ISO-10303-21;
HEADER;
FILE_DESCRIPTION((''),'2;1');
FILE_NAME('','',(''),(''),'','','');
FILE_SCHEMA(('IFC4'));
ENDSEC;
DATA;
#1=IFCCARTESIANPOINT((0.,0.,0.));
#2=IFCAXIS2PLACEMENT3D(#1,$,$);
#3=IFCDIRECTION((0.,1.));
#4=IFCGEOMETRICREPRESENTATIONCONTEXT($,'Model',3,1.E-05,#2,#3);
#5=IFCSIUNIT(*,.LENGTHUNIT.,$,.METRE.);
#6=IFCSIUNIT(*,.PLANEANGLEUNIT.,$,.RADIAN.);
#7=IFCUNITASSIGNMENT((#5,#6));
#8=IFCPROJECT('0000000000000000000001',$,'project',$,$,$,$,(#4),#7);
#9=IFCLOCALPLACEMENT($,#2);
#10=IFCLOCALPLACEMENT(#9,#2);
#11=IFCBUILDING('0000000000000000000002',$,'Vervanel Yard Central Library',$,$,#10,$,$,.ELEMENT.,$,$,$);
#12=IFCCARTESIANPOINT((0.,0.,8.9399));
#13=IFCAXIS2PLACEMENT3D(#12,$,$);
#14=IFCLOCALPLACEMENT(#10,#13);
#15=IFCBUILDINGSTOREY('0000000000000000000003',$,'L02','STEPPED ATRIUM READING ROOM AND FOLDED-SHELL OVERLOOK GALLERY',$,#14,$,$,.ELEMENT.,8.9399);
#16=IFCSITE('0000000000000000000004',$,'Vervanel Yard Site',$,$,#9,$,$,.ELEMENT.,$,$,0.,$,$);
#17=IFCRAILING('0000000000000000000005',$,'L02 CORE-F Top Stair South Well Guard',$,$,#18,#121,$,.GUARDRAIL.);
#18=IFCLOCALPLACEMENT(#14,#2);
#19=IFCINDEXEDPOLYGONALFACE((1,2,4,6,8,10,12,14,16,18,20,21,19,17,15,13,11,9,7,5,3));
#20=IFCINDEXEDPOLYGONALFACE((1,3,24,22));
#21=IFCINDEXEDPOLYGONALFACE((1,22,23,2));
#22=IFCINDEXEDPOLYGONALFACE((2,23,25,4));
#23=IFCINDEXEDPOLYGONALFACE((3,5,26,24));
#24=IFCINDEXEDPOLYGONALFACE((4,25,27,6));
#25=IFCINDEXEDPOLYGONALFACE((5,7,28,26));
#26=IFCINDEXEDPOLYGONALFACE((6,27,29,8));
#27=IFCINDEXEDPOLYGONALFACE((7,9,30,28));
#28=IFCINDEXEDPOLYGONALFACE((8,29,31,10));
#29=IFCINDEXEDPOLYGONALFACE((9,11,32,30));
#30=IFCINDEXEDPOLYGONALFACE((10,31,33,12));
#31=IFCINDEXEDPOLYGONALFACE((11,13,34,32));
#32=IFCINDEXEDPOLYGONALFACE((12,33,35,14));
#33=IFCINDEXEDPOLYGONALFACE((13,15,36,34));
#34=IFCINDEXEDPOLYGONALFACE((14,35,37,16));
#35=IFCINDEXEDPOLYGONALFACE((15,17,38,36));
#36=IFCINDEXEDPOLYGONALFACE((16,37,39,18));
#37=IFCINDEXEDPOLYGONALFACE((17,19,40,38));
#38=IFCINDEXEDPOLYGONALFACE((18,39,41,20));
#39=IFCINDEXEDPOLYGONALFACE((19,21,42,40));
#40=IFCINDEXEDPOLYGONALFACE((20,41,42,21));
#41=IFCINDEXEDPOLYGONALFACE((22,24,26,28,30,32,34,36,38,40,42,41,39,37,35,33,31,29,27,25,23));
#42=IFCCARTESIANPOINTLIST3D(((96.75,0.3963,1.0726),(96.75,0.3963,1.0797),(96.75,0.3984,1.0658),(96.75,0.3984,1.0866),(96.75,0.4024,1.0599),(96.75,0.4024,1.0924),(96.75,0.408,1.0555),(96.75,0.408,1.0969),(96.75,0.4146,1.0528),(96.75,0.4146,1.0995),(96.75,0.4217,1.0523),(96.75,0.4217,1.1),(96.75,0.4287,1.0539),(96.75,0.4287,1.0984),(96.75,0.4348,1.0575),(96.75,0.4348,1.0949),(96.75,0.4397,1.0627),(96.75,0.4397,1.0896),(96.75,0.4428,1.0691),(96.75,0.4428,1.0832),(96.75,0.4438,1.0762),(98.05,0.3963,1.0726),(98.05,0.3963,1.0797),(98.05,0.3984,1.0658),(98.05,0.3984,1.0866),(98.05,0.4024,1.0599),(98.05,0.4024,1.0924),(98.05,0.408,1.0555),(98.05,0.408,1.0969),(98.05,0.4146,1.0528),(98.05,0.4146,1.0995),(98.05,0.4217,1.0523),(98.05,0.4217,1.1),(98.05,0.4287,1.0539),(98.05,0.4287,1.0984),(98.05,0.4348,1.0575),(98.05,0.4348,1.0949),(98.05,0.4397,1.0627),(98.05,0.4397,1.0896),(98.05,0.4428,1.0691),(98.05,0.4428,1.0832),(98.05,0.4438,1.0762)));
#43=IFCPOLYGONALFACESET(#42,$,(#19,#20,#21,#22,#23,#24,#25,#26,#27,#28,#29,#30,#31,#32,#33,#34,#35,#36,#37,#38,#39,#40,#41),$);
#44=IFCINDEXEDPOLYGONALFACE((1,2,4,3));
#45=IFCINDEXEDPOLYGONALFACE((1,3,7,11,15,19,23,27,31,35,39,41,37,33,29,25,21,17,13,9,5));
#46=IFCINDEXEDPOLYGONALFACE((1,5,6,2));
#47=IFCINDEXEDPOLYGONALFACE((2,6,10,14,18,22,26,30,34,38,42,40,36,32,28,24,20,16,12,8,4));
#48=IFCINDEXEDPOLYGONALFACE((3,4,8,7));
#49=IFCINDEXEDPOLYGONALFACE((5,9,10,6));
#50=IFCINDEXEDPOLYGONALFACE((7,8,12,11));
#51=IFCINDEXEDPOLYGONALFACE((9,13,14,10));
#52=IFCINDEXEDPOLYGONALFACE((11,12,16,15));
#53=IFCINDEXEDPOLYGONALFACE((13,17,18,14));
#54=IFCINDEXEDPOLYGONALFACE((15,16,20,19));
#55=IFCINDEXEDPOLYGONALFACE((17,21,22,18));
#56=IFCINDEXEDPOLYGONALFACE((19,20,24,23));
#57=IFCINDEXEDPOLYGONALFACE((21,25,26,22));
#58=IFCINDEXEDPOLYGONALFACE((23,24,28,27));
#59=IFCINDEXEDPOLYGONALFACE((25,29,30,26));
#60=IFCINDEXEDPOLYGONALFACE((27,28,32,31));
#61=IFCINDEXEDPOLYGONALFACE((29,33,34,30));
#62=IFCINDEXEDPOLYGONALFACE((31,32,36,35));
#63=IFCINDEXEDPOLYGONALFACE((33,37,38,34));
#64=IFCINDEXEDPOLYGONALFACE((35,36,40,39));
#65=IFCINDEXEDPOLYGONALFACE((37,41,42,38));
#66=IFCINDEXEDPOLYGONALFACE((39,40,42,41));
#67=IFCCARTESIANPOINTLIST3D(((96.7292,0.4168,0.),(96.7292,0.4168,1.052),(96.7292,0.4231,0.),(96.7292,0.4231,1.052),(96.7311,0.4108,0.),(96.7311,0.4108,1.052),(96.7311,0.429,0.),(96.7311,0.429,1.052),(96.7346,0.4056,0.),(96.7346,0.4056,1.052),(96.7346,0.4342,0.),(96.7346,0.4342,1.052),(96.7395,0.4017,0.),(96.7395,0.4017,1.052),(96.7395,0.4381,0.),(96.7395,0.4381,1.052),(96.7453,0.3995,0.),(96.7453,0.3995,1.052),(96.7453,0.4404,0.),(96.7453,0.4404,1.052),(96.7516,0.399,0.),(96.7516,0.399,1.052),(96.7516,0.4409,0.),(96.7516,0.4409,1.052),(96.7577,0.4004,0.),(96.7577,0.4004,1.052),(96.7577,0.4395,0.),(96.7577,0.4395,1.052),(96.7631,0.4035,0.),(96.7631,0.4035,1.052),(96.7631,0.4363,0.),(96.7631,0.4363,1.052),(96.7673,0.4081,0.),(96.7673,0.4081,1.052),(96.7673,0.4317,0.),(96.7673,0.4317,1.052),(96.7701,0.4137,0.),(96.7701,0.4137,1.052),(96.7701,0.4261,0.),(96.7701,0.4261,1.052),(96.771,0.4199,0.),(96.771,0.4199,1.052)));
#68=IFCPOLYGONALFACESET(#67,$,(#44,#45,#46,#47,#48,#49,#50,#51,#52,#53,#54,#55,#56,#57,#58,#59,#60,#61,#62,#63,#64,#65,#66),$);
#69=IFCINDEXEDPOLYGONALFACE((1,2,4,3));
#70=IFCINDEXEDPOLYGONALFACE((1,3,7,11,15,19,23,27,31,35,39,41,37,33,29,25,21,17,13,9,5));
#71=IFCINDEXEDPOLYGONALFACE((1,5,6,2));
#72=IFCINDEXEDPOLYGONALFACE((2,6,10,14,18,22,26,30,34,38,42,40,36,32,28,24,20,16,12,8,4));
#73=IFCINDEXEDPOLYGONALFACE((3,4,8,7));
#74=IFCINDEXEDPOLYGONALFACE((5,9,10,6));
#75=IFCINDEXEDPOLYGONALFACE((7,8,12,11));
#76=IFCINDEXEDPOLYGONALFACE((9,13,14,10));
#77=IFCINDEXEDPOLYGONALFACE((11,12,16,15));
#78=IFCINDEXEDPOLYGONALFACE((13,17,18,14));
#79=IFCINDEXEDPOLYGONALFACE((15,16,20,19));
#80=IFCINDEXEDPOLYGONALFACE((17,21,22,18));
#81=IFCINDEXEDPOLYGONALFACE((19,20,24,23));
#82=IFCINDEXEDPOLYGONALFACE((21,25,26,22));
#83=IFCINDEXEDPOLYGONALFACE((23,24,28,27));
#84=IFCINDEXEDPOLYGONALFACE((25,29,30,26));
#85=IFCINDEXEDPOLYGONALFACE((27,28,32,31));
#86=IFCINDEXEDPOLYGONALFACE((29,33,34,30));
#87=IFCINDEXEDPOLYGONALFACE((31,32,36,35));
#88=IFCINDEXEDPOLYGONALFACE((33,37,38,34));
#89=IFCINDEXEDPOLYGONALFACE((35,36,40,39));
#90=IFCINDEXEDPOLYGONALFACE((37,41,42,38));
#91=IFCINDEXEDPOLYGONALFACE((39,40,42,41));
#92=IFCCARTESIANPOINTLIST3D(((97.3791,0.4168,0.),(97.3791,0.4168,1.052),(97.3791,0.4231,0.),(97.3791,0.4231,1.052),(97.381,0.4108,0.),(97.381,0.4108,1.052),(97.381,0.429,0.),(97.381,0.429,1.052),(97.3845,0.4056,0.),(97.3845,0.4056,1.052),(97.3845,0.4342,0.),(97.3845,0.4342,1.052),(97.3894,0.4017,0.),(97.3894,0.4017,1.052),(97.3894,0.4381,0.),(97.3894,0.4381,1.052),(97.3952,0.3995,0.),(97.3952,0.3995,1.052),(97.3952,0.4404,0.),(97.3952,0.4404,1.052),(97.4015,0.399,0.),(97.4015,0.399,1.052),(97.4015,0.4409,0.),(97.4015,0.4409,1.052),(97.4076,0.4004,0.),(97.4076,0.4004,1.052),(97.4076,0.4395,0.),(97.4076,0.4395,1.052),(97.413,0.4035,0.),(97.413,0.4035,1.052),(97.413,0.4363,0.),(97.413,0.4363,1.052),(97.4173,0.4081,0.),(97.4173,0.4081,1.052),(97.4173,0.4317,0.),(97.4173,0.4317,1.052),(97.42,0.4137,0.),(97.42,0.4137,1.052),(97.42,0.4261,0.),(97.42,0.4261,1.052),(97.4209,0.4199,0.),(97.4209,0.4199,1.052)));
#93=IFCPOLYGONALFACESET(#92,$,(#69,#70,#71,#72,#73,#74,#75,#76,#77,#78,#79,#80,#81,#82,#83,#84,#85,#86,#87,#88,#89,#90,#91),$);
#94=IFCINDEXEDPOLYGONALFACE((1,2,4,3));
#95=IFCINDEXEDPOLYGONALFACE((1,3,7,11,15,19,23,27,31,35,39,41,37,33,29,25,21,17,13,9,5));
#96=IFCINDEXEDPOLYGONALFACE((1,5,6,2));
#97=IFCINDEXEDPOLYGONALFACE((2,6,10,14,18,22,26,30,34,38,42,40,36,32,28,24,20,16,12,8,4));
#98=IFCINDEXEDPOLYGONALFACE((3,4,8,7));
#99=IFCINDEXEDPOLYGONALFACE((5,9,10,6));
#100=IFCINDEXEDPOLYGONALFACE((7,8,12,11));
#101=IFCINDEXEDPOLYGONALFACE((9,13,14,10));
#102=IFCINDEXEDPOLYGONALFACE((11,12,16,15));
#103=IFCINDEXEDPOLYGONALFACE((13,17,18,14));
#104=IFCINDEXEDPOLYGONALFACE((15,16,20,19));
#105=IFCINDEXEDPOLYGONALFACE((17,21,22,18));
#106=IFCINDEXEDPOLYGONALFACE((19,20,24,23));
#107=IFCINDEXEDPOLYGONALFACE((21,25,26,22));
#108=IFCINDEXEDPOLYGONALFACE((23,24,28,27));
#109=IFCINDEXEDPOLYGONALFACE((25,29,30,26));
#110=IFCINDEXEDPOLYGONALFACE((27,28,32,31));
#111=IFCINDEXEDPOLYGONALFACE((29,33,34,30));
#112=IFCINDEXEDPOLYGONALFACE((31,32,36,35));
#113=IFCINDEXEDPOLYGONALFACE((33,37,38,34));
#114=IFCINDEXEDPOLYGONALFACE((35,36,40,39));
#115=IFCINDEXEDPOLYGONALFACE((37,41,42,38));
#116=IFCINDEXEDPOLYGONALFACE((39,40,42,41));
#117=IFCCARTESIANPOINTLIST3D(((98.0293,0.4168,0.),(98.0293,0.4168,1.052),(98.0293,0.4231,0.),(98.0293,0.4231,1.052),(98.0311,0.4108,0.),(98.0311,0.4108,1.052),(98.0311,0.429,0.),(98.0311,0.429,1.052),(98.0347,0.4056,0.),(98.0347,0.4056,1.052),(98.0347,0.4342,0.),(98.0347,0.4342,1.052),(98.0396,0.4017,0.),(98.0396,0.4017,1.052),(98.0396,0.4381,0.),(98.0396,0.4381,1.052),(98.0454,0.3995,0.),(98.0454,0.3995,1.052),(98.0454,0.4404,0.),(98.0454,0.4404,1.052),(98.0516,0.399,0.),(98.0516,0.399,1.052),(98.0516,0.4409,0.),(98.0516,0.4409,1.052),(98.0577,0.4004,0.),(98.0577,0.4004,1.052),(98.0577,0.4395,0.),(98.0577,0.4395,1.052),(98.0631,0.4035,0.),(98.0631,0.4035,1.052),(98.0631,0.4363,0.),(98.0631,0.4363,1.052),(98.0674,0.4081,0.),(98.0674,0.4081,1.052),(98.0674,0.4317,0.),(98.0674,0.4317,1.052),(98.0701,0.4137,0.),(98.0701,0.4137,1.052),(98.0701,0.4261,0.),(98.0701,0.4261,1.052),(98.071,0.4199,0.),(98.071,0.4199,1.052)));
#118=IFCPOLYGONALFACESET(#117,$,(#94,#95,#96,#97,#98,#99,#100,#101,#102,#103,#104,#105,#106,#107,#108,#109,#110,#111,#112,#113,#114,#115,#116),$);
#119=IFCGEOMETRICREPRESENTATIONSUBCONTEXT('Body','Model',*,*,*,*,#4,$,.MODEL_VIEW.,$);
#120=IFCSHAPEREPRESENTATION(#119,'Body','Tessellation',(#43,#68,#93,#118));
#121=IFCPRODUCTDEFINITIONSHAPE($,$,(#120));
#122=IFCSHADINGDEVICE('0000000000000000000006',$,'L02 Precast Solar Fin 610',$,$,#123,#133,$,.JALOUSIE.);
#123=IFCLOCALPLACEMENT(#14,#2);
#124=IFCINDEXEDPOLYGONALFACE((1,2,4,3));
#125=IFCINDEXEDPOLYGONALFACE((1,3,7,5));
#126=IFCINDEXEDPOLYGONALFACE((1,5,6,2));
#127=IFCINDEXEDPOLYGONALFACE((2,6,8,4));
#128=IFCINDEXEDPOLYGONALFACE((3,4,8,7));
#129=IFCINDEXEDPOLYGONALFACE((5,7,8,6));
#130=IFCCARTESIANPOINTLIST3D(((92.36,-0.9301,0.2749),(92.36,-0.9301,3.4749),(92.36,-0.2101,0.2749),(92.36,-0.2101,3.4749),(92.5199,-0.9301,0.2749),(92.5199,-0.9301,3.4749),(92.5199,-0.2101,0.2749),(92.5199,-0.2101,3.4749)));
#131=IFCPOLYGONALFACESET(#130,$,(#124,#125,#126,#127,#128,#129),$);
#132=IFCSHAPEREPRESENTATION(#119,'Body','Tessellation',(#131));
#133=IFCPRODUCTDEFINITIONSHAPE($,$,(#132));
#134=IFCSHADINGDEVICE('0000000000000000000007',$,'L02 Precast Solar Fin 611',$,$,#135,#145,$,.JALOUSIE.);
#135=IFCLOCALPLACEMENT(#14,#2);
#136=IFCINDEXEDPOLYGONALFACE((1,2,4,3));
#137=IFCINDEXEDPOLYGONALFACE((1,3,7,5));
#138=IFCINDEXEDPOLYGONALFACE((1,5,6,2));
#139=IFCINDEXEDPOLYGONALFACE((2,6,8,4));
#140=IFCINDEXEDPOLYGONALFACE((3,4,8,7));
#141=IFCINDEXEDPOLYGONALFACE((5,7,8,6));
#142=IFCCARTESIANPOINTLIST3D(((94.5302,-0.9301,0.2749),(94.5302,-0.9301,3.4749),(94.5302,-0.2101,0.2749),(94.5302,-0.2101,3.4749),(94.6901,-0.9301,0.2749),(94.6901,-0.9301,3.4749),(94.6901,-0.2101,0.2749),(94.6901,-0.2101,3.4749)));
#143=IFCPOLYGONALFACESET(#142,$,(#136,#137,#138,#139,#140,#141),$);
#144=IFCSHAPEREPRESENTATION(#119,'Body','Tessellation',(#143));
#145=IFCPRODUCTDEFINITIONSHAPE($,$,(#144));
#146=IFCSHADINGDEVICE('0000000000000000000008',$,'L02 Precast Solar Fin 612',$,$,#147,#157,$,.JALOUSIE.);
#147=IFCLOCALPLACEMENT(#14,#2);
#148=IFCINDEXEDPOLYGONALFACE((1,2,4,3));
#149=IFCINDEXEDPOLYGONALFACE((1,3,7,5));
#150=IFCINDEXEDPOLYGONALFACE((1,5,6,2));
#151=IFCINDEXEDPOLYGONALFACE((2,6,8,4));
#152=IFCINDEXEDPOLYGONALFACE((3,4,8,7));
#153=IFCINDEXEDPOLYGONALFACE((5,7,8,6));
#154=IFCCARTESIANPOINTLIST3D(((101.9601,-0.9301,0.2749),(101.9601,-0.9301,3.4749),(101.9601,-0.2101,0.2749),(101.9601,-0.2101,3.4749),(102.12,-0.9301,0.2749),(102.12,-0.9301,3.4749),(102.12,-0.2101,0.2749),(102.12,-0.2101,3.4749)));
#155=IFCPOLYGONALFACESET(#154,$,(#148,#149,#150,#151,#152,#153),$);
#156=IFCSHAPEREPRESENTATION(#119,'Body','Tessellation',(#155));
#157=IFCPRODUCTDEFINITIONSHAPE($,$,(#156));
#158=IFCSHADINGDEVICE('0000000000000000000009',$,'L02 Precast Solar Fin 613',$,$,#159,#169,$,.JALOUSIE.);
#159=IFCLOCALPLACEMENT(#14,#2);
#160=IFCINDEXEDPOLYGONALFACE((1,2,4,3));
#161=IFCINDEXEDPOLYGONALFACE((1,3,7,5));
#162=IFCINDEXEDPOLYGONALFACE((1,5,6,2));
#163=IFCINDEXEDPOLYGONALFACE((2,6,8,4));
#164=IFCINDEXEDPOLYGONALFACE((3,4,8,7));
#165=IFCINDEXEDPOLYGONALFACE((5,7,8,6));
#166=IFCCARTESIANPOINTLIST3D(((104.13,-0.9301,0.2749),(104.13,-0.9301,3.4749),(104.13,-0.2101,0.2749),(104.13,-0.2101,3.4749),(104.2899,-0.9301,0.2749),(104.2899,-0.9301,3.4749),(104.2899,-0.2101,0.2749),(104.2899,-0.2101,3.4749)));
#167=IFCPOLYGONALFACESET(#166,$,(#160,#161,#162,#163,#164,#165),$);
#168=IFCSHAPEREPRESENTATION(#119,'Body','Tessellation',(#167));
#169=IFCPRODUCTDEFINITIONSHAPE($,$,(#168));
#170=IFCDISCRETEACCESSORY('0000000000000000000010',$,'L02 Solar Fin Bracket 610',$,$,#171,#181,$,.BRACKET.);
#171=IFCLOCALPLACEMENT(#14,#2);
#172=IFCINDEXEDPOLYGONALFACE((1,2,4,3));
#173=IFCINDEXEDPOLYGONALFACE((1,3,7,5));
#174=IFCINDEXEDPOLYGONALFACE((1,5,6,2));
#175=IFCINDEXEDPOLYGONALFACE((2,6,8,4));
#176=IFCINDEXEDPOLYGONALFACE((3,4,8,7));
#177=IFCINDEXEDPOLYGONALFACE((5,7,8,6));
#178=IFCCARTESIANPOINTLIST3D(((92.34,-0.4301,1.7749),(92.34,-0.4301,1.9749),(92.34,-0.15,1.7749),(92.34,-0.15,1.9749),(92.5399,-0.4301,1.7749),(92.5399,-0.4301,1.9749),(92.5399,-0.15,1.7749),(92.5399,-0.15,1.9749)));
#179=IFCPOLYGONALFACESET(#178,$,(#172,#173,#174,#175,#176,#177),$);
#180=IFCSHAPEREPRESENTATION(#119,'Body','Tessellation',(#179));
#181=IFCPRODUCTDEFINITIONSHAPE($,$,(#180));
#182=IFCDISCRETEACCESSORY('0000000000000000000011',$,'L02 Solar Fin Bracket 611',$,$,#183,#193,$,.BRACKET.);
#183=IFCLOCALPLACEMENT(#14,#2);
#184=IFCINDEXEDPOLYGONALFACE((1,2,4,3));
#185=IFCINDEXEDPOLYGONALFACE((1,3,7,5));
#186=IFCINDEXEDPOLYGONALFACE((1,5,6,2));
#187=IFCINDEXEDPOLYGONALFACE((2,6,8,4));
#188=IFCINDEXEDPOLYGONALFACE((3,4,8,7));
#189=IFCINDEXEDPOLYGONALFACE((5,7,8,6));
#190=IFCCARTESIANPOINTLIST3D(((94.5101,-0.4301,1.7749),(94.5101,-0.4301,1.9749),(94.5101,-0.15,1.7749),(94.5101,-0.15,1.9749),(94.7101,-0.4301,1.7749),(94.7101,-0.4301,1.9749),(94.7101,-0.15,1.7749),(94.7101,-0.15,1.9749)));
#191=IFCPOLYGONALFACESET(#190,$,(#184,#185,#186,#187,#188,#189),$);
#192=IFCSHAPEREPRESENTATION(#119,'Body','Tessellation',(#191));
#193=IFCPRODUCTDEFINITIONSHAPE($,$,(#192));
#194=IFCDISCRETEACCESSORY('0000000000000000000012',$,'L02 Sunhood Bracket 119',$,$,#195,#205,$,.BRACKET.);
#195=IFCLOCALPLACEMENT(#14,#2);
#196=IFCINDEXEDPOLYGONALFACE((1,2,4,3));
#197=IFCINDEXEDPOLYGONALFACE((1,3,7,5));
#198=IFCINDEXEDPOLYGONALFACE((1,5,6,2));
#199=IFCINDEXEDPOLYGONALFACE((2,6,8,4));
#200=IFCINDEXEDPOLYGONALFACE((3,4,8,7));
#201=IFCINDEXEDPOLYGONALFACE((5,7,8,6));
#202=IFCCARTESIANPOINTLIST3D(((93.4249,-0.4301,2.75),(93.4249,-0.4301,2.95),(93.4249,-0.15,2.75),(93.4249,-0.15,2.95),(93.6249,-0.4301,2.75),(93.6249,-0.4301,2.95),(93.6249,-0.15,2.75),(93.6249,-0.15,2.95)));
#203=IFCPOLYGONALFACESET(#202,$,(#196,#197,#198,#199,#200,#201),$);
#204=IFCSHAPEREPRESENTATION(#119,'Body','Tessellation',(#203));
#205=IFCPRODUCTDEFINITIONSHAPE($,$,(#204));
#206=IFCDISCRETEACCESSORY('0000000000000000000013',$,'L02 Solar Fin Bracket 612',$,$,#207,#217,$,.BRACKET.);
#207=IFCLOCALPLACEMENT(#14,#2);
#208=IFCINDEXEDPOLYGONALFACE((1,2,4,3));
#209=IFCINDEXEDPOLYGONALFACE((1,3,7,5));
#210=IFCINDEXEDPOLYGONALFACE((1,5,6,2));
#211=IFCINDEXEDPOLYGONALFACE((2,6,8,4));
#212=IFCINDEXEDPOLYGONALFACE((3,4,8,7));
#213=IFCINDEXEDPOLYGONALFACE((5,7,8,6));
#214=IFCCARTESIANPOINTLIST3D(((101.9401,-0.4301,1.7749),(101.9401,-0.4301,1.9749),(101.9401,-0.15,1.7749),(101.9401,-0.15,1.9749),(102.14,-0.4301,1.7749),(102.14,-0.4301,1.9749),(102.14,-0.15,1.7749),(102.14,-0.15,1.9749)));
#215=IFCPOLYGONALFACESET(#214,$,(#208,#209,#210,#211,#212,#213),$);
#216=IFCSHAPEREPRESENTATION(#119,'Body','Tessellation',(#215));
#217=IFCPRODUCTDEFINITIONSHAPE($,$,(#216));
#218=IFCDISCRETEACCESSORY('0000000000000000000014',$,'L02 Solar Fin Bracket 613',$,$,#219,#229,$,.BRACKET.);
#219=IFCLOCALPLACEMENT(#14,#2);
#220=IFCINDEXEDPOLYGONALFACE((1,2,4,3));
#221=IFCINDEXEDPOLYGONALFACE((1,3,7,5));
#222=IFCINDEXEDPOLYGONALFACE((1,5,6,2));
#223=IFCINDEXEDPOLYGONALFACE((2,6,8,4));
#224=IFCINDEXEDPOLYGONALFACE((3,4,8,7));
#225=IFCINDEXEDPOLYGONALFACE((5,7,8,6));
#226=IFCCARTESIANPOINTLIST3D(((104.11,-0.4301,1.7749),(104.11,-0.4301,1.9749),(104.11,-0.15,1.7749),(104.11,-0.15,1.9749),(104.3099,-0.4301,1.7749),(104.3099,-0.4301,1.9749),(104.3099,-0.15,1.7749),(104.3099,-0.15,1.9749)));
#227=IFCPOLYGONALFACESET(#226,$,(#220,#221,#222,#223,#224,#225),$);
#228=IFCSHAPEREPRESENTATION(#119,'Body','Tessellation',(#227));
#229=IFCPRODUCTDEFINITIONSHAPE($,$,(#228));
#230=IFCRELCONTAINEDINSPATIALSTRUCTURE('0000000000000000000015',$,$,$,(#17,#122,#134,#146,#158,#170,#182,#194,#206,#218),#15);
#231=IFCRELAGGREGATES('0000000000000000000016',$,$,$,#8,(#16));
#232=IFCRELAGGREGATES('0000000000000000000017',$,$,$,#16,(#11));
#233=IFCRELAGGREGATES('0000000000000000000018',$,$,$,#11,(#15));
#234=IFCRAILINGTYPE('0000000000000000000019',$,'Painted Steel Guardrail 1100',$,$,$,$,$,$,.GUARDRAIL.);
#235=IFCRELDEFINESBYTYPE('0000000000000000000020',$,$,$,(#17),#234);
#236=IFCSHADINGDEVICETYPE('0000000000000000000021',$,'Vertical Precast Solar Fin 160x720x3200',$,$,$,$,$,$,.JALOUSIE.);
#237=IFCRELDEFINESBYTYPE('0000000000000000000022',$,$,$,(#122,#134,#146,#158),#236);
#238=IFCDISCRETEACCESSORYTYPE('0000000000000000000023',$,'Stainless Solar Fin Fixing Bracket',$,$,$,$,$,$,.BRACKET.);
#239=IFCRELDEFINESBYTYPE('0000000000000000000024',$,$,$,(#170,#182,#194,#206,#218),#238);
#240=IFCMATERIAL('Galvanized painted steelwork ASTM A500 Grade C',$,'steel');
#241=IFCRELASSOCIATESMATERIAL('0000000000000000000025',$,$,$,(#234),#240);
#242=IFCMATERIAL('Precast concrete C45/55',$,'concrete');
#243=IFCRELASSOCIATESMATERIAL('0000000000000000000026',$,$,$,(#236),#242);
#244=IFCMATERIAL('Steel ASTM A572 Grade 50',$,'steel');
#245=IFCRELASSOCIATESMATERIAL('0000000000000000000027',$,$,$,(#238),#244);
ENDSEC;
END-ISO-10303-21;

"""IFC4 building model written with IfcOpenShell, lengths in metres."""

from ifc_helpers import new_model, si_unit, direction, frame, origin, origin_2d, place, context, subcontext, project, spatial, rectangle, circle, extrude, material, type_object, element, save


model = new_model("IFC4")

# Units and contexts
model_context = context("Model", 3, precision=1e-05, world=origin(), true_north=direction((0.0, 1.0)))
body_context = subcontext(model_context, "Body", "Model", "MODEL_VIEW")
ifc_project = project(units=[si_unit("LENGTHUNIT", "METRE"), si_unit("PLANEANGLEUNIT", "RADIAN")], contexts=[model_context])

# Site, building, storey
site_placement = place(None, origin())
site = spatial("IfcSite", under=ifc_project, at=site_placement, Name="Vervanel Yard Site", CompositionType="ELEMENT", RefElevation=0.0)
building_placement = place(site_placement, origin())
building = spatial("IfcBuilding", under=site, at=building_placement, Name="Vervanel Yard Central Library", CompositionType="ELEMENT")
storey_placement = place(building_placement, frame((0.0, 0.0, 8.9399)))
storey = spatial("IfcBuildingStorey", under=building, at=storey_placement, Name="L02", Description="STEPPED ATRIUM READING ROOM AND FOLDED-SHELL OVERLOOK GALLERY", CompositionType="ELEMENT", Elevation=8.9399)

# Shared definitions
ifc_material_1 = material(Name="Galvanized painted steelwork ASTM A500 Grade C", Category="steel")

# Shared definitions
ifc_material_2 = material(Name="Precast concrete C45/55", Category="concrete")

# Railing
railing_type = type_object("IfcRailingType", Name="Painted Steel Guardrail 1100", PredefinedType="GUARDRAIL", material=ifc_material_1)
railing_1_placement = place(storey_placement, frame((96.75, 0.4199, 0.0)))
element("IfcRailing", 1, at=railing_1_placement, inside=storey, type_object=railing_type, Name="L02 CORE-F Top Stair South Well Guard", PredefinedType="GUARDRAIL", context=body_context, shape_type="SweptSolid", body=[
    extrude(circle(Radius=0.0239, at=origin_2d()), frame((0.0, 0.0, 1.0762), z_axis=(1.0, 0.0, 0.0), x_axis=(0.0, 1.0, 0.0)), (0.0, 0.0, 1.0), 1.3),
    extrude(circle(Radius=0.021, at=origin_2d()), origin(), (0.0, 0.0, 1.0), 1.052),
    extrude(circle(Radius=0.021, at=origin_2d()), frame((0.6499, 0.0, 0.0)), (0.0, 0.0, 1.0), 1.052),
    extrude(circle(Radius=0.021, at=origin_2d()), frame((1.3, 0.0, 0.0)), (0.0, 0.0, 1.0), 1.052),
])

# Shading devices
shading_device_type_1 = type_object("IfcShadingDeviceType", Name="Vertical Precast Solar Fin 160x720x3200", PredefinedType="JALOUSIE", material=ifc_material_2)
for number, where, z_axis, x_axis, name in (
    (2, (92.4399, -0.5701, 0.2749), (0.0, 0.0, 1.0), (1.0, 0.0, 0.0), "L02 Precast Solar Fin 610"),
    (3, (94.6101, -0.5701, 0.2749), (0.0, 0.0, 1.0), (1.0, 0.0, 0.0), "L02 Precast Solar Fin 611"),
    (4, (102.04, -0.5701, 0.2749), (0.0, 0.0, 1.0), (1.0, 0.0, 0.0), "L02 Precast Solar Fin 612"),
    (5, (104.21, -0.5701, 0.2749), (0.0, 0.0, 1.0), (1.0, 0.0, 0.0), "L02 Precast Solar Fin 613"),
):
    element("IfcShadingDevice", number, at=place(storey_placement, frame(where, z_axis=z_axis, x_axis=x_axis)), inside=storey, type_object=shading_device_type_1, Name=name, PredefinedType="JALOUSIE", context=body_context, shape_type="SweptSolid", body=[
        extrude(rectangle(XDim=0.1599, YDim=0.72, at=origin_2d()), origin(), (0.0, 0.0, 1.0), 3.2),
    ])

# Discrete accessories
ifc_material_3 = material(Name="Steel ASTM A572 Grade 50", Category="steel")
discrete_accessory_type = type_object("IfcDiscreteAccessoryType", Name="Stainless Solar Fin Fixing Bracket", PredefinedType="BRACKET", material=ifc_material_3)
for number, where, z_axis, x_axis, name in (
    (6, (92.4399, -0.29, 1.7749), (0.0, 0.0, 1.0), (1.0, 0.0, 0.0), "L02 Solar Fin Bracket 610"),
    (7, (94.6101, -0.29, 1.7749), (0.0, 0.0, 1.0), (1.0, 0.0, 0.0), "L02 Solar Fin Bracket 611"),
    (8, (93.5249, -0.29, 2.75), (0.0, 0.0, 1.0), (1.0, 0.0, 0.0), "L02 Sunhood Bracket 119"),
    (9, (102.04, -0.29, 1.7749), (0.0, 0.0, 1.0), (1.0, 0.0, 0.0), "L02 Solar Fin Bracket 612"),
    (10, (104.21, -0.29, 1.7749), (0.0, 0.0, 1.0), (1.0, 0.0, 0.0), "L02 Solar Fin Bracket 613"),
):
    element("IfcDiscreteAccessory", number, at=place(storey_placement, frame(where, z_axis=z_axis, x_axis=x_axis)), inside=storey, type_object=discrete_accessory_type, Name=name, PredefinedType="BRACKET", context=body_context, shape_type="SweptSolid", body=[
        extrude(rectangle(XDim=0.2, YDim=0.28, at=origin_2d()), origin(), (0.0, 0.0, 1.0), 0.2),
    ])

save(model, "model.ifc")
